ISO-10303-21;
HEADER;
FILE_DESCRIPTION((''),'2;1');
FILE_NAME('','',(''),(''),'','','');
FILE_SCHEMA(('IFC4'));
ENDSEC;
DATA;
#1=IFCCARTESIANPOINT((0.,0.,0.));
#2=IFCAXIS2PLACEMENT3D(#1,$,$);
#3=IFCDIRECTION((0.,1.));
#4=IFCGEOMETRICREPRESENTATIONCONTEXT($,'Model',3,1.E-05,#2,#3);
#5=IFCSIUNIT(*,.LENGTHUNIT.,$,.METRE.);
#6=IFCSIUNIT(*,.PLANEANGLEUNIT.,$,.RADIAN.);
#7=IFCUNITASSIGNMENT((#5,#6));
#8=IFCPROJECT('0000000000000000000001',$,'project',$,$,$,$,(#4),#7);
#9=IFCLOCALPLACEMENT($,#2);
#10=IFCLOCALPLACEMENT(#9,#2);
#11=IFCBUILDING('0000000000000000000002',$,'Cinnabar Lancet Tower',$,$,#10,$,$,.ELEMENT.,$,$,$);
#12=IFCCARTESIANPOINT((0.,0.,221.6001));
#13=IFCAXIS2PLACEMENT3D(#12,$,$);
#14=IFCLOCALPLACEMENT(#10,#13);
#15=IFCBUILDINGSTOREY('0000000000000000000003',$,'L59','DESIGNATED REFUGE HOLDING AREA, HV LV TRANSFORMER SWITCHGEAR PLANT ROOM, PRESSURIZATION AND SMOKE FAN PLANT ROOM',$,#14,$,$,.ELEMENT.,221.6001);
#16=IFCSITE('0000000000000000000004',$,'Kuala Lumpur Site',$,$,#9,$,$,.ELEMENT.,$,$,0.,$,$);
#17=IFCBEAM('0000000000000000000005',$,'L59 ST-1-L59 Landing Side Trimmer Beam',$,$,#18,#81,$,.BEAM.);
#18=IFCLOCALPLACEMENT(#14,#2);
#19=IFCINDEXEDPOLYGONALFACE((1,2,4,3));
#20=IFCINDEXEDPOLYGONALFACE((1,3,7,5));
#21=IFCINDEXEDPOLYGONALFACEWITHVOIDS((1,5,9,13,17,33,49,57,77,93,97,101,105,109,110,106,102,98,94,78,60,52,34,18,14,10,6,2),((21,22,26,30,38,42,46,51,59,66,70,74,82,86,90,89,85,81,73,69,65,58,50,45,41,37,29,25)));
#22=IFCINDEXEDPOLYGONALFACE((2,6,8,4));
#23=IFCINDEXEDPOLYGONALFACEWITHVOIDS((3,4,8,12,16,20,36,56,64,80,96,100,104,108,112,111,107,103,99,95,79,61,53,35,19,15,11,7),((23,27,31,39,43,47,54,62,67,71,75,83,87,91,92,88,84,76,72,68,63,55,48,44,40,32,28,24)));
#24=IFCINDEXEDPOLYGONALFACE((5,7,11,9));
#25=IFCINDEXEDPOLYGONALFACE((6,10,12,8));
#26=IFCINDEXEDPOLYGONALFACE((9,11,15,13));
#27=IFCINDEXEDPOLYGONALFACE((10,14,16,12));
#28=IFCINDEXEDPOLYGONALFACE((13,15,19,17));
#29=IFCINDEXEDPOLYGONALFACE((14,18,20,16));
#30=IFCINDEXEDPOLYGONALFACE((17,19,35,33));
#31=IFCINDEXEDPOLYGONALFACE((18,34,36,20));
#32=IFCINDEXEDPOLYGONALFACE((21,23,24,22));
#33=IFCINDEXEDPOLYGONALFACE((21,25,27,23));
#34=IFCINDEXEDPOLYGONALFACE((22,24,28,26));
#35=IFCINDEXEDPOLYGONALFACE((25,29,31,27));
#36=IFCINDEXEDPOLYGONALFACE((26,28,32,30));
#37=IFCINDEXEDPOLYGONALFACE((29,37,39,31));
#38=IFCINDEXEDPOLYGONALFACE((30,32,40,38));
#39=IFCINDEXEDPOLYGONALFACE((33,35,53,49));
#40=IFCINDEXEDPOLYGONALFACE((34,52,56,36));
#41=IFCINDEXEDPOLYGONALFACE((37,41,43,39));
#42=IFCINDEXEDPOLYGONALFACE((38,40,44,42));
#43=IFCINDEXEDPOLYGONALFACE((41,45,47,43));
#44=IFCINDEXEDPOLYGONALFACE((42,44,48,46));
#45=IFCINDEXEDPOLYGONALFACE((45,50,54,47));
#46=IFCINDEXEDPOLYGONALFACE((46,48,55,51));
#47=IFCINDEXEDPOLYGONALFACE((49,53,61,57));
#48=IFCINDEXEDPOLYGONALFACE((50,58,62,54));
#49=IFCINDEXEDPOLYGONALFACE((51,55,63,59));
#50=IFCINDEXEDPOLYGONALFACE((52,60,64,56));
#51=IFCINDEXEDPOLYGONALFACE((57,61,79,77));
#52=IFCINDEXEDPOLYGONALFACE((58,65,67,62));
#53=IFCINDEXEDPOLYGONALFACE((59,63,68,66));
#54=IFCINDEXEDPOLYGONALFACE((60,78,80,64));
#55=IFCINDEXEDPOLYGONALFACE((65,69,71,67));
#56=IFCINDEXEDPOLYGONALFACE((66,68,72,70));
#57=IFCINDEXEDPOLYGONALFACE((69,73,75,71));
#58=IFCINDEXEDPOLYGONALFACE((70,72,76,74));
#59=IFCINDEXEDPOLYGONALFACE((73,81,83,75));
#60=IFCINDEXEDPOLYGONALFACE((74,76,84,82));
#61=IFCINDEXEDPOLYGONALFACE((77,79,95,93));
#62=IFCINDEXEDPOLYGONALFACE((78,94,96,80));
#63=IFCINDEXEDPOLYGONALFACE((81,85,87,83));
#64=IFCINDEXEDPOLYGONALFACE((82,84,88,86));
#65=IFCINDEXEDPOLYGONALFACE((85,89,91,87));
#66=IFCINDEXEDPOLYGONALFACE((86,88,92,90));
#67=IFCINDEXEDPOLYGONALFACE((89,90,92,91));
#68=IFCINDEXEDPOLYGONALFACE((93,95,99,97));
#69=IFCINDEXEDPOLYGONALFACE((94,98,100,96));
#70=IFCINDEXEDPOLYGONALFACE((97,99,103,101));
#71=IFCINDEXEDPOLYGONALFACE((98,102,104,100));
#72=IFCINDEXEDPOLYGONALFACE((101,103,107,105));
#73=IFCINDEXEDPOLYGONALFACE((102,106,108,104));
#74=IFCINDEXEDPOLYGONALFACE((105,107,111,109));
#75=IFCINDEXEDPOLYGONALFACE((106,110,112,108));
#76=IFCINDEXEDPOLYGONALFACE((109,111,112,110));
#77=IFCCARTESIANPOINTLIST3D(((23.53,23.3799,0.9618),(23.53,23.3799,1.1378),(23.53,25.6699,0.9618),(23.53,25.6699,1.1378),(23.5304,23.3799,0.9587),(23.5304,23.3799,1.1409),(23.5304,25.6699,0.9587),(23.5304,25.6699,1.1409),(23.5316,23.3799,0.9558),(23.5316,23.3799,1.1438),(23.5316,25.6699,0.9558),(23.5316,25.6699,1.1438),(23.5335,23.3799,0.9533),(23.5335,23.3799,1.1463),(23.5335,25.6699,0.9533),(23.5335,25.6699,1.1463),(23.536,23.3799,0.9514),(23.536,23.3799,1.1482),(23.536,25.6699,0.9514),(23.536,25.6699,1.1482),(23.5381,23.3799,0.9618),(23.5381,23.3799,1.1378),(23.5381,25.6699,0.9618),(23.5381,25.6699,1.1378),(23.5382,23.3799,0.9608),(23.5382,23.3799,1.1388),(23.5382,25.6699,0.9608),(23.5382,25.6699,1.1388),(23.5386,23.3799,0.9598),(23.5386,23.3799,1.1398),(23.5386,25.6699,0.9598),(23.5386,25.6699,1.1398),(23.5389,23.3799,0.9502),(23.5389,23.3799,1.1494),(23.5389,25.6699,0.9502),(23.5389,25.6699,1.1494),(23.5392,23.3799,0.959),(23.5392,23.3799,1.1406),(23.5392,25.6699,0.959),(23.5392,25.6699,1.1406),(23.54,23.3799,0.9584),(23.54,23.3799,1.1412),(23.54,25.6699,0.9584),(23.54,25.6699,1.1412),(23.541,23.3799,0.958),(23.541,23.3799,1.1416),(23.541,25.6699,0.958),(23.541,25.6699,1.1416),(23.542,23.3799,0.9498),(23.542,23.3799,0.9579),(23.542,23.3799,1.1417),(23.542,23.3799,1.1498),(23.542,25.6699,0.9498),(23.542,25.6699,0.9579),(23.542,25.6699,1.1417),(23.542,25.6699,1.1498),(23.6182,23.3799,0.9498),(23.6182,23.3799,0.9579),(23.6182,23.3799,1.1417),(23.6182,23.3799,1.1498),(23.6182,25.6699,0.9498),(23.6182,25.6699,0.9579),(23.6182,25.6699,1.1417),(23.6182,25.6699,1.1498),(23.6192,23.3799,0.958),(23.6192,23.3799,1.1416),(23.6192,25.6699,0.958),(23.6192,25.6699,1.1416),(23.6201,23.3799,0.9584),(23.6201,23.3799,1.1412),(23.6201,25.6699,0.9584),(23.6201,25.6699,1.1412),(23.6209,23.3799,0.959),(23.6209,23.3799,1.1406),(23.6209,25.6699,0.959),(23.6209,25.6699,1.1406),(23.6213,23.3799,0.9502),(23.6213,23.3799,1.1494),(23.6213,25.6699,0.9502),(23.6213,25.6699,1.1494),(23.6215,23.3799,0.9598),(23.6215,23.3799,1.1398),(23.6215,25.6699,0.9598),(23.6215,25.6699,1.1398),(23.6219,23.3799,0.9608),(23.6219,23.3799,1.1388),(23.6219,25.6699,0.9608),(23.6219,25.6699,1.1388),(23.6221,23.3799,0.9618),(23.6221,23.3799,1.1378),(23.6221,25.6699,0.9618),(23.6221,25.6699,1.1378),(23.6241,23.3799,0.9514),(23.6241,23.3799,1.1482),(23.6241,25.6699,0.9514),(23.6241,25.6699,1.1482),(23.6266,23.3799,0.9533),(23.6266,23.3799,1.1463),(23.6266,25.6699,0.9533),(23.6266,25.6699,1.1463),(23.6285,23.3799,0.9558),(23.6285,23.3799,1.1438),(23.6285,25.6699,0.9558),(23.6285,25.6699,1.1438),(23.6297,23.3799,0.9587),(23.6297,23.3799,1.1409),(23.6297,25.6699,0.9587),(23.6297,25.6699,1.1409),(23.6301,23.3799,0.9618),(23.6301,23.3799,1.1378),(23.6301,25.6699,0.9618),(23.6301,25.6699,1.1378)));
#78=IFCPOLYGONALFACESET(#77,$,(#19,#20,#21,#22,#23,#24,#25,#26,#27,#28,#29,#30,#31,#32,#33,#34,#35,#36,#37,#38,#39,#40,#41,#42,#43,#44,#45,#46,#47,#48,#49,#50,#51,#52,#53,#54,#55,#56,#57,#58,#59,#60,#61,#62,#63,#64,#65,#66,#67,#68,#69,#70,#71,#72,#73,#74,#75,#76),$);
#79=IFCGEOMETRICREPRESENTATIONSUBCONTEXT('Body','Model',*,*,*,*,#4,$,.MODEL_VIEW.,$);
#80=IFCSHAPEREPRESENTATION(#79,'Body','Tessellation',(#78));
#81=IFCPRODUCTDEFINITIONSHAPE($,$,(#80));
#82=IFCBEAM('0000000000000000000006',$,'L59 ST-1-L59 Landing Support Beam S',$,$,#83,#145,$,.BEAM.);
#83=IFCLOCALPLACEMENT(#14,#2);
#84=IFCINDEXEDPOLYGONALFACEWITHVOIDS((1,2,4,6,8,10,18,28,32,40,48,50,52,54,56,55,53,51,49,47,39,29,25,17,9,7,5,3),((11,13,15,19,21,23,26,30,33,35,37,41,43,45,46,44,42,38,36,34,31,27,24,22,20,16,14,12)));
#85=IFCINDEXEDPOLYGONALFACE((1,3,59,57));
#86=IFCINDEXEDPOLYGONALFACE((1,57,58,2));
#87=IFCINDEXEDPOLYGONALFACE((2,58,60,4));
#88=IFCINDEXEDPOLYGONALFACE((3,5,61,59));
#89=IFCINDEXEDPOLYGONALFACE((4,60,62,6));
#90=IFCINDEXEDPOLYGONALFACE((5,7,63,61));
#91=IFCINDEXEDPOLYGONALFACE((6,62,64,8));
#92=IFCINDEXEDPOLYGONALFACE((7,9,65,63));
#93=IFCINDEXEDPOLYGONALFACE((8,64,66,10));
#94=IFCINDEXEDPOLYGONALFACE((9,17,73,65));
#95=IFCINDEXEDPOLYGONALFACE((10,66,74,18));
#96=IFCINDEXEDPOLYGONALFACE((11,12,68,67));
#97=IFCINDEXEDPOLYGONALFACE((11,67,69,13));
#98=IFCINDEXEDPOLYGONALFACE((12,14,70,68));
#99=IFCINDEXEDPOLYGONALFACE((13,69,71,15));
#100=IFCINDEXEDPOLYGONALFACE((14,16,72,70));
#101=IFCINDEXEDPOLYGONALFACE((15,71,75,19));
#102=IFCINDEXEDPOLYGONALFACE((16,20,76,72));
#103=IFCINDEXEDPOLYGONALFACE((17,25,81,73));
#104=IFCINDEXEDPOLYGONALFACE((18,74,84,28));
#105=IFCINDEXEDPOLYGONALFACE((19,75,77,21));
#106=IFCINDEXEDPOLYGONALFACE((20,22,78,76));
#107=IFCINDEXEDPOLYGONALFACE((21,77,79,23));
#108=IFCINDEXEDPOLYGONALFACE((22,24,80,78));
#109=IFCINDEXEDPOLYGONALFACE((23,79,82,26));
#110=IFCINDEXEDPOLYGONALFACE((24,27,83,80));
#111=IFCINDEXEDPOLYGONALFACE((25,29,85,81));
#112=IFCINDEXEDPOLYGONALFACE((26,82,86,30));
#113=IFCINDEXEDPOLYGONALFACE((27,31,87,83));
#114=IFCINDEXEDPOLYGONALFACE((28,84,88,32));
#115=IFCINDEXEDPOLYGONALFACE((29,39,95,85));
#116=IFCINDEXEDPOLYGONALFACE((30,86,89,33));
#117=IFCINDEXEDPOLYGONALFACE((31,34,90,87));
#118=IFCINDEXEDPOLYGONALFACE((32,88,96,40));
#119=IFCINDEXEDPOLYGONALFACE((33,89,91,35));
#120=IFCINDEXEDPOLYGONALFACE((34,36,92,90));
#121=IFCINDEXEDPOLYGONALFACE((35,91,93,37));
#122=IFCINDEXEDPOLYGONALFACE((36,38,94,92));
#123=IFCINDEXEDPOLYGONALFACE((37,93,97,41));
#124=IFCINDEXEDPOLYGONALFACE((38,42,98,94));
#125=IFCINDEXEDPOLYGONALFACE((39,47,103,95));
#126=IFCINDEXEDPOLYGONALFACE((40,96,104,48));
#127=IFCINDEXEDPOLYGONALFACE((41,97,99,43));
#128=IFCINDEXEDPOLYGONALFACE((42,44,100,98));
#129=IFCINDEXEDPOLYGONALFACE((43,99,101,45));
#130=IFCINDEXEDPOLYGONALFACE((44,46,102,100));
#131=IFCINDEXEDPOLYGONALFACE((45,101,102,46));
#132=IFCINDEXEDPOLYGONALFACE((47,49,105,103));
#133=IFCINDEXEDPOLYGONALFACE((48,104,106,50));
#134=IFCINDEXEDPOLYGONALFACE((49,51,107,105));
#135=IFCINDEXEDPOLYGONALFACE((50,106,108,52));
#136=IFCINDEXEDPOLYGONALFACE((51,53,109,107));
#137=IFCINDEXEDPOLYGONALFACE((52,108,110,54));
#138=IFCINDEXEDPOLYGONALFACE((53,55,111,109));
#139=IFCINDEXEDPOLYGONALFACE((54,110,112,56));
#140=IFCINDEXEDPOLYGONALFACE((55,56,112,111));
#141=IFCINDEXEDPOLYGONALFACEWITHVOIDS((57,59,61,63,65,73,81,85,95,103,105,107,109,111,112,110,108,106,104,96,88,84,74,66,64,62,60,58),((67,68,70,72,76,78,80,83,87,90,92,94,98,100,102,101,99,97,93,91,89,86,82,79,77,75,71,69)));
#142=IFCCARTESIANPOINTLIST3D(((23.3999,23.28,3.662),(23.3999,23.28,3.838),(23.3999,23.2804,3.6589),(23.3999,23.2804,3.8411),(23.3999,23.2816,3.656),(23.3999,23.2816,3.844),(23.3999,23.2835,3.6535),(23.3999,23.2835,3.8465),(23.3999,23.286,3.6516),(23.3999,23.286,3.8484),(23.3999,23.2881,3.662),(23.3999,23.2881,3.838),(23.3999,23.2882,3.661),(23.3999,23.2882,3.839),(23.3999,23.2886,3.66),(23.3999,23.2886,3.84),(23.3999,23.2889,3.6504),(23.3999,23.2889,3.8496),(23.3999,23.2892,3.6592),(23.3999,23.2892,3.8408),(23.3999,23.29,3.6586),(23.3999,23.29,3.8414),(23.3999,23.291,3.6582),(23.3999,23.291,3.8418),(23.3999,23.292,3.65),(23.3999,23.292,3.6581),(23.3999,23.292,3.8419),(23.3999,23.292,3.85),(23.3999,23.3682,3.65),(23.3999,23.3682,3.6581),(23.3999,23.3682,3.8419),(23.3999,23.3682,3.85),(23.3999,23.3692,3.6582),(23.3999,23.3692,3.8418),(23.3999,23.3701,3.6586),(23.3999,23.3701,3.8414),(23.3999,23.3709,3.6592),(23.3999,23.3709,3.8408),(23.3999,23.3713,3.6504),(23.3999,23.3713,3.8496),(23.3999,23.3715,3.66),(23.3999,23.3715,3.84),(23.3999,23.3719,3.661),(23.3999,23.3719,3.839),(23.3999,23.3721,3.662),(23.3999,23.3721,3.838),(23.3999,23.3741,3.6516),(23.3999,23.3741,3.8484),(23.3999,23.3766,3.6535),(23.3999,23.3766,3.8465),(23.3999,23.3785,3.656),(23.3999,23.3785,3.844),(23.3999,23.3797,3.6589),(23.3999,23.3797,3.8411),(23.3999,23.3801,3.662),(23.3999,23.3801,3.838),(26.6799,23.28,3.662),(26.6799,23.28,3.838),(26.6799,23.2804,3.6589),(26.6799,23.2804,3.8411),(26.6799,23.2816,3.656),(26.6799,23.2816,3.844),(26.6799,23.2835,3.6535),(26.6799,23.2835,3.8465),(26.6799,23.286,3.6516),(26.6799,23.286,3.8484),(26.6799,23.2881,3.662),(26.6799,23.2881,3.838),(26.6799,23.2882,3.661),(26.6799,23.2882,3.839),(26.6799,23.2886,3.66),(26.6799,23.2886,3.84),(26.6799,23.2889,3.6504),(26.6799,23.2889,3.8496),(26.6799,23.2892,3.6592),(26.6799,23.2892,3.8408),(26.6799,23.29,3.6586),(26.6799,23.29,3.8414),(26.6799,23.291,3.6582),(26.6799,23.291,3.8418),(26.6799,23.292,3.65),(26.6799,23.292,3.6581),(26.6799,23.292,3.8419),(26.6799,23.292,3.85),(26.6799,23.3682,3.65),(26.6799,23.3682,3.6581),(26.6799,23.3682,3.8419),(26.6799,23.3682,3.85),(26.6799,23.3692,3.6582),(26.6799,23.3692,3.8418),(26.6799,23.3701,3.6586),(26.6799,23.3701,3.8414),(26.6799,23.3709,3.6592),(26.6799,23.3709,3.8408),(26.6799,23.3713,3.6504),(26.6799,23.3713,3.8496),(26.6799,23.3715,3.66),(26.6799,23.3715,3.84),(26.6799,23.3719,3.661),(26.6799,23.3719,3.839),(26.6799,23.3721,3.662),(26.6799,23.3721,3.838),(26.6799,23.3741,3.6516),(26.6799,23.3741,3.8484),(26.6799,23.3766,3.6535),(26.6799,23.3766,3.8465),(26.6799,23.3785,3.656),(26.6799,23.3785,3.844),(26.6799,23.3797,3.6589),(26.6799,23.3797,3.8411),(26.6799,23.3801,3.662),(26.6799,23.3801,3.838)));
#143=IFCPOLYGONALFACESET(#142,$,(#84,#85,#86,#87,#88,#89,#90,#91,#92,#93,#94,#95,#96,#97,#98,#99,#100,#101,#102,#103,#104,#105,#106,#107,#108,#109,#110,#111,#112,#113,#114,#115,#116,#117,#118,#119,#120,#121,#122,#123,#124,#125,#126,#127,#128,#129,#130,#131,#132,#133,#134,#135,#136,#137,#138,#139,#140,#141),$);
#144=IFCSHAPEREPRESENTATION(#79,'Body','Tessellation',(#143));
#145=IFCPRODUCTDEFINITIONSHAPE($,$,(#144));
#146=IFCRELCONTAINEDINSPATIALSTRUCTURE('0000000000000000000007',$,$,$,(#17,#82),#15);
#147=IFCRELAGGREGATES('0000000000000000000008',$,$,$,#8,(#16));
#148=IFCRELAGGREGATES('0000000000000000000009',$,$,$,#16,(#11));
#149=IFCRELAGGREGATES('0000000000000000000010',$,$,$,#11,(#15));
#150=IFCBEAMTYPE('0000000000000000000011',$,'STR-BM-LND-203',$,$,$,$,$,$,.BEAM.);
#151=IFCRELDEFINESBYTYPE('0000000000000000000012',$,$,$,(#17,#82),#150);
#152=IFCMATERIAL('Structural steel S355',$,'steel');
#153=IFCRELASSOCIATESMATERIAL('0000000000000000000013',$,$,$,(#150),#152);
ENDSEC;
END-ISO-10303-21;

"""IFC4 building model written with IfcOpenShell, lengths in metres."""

from ifc_helpers import new_model, si_unit, direction, frame, origin, origin_2d, place, context, subcontext, project, spatial, hollow_rectangle, extrude, material, material_profile, profile_set, type_object, element, save


model = new_model("IFC4")

# Units and contexts
model_context = context("Model", 3, precision=1e-05, world=origin(), true_north=direction((0.0, 1.0)))
body_context = subcontext(model_context, "Body", "Model", "MODEL_VIEW")
ifc_project = project(units=[si_unit("LENGTHUNIT", "METRE"), si_unit("PLANEANGLEUNIT", "RADIAN")], contexts=[model_context])

# Site, building, storey
site_placement = place(None, origin())
site = spatial("IfcSite", under=ifc_project, at=site_placement, Name="Kuala Lumpur Site", CompositionType="ELEMENT", RefElevation=0.0)
building_placement = place(site_placement, origin())
building = spatial("IfcBuilding", under=site, at=building_placement, Name="Cinnabar Lancet Tower", CompositionType="ELEMENT")
storey_placement = place(building_placement, frame((0.0, 0.0, 221.6001)))
storey = spatial("IfcBuildingStorey", under=building, at=storey_placement, Name="L59", Description="DESIGNATED REFUGE HOLDING AREA, HV LV TRANSFORMER SWITCHGEAR PLANT ROOM, PRESSURIZATION AND SMOKE FAN PLANT ROOM", CompositionType="ELEMENT", Elevation=221.6001)

# Beams
ifc_material_1 = material(Name="Structural steel S355", Category="steel")
ifc_material_profile_1 = material_profile(ifc_material_1, hollow_rectangle(XDim=0.1001, YDim=0.2, WallThickness=0.0081, InnerFilletRadius=0.0039, OuterFilletRadius=0.012, at=origin_2d()), Name="RHS 200x100x8")
ifc_profile_set_1 = profile_set([ifc_material_profile_1], Name="Structural steel S355")
beam_type_1 = type_object("IfcBeamType", Name="STR-BM-LND-203", PredefinedType="BEAM", material=ifc_profile_set_1)
beam_1_placement = place(storey_placement, frame((23.5801, 23.3799, 1.0498), z_axis=(0.0, 1.0, 0.0), x_axis=(-1.0, 0.0, 0.0)))
element("IfcBeam", 1, at=beam_1_placement, inside=storey, type_object=beam_type_1, Name="L59 ST-1-L59 Landing Side Trimmer Beam", PredefinedType="BEAM", context=body_context, shape_type="SweptSolid", body=[
    extrude(hollow_rectangle(XDim=0.1001, YDim=0.2, WallThickness=0.0081, InnerFilletRadius=0.0039, OuterFilletRadius=0.012, at=origin_2d()), origin(), (0.0, 0.0, 1.0), 2.29),
])
for number, where, z_axis, x_axis, name in (
    (2, (23.3999, 23.3301, 3.75), (1.0, 0.0, 0.0), (0.0, 1.0, 0.0), "L59 ST-1-L59 Landing Support Beam S"),
):
    element("IfcBeam", number, at=place(storey_placement, frame(where, z_axis=z_axis, x_axis=x_axis)), inside=storey, type_object=beam_type_1, Name=name, PredefinedType="BEAM", context=body_context, shape_type="SweptSolid", body=[
        extrude(hollow_rectangle(XDim=0.1001, YDim=0.2, WallThickness=0.0081, InnerFilletRadius=0.0039, OuterFilletRadius=0.012, at=origin_2d()), origin(), (0.0, 0.0, 1.0), 3.28),
    ])

save(model, "model.ifc")
